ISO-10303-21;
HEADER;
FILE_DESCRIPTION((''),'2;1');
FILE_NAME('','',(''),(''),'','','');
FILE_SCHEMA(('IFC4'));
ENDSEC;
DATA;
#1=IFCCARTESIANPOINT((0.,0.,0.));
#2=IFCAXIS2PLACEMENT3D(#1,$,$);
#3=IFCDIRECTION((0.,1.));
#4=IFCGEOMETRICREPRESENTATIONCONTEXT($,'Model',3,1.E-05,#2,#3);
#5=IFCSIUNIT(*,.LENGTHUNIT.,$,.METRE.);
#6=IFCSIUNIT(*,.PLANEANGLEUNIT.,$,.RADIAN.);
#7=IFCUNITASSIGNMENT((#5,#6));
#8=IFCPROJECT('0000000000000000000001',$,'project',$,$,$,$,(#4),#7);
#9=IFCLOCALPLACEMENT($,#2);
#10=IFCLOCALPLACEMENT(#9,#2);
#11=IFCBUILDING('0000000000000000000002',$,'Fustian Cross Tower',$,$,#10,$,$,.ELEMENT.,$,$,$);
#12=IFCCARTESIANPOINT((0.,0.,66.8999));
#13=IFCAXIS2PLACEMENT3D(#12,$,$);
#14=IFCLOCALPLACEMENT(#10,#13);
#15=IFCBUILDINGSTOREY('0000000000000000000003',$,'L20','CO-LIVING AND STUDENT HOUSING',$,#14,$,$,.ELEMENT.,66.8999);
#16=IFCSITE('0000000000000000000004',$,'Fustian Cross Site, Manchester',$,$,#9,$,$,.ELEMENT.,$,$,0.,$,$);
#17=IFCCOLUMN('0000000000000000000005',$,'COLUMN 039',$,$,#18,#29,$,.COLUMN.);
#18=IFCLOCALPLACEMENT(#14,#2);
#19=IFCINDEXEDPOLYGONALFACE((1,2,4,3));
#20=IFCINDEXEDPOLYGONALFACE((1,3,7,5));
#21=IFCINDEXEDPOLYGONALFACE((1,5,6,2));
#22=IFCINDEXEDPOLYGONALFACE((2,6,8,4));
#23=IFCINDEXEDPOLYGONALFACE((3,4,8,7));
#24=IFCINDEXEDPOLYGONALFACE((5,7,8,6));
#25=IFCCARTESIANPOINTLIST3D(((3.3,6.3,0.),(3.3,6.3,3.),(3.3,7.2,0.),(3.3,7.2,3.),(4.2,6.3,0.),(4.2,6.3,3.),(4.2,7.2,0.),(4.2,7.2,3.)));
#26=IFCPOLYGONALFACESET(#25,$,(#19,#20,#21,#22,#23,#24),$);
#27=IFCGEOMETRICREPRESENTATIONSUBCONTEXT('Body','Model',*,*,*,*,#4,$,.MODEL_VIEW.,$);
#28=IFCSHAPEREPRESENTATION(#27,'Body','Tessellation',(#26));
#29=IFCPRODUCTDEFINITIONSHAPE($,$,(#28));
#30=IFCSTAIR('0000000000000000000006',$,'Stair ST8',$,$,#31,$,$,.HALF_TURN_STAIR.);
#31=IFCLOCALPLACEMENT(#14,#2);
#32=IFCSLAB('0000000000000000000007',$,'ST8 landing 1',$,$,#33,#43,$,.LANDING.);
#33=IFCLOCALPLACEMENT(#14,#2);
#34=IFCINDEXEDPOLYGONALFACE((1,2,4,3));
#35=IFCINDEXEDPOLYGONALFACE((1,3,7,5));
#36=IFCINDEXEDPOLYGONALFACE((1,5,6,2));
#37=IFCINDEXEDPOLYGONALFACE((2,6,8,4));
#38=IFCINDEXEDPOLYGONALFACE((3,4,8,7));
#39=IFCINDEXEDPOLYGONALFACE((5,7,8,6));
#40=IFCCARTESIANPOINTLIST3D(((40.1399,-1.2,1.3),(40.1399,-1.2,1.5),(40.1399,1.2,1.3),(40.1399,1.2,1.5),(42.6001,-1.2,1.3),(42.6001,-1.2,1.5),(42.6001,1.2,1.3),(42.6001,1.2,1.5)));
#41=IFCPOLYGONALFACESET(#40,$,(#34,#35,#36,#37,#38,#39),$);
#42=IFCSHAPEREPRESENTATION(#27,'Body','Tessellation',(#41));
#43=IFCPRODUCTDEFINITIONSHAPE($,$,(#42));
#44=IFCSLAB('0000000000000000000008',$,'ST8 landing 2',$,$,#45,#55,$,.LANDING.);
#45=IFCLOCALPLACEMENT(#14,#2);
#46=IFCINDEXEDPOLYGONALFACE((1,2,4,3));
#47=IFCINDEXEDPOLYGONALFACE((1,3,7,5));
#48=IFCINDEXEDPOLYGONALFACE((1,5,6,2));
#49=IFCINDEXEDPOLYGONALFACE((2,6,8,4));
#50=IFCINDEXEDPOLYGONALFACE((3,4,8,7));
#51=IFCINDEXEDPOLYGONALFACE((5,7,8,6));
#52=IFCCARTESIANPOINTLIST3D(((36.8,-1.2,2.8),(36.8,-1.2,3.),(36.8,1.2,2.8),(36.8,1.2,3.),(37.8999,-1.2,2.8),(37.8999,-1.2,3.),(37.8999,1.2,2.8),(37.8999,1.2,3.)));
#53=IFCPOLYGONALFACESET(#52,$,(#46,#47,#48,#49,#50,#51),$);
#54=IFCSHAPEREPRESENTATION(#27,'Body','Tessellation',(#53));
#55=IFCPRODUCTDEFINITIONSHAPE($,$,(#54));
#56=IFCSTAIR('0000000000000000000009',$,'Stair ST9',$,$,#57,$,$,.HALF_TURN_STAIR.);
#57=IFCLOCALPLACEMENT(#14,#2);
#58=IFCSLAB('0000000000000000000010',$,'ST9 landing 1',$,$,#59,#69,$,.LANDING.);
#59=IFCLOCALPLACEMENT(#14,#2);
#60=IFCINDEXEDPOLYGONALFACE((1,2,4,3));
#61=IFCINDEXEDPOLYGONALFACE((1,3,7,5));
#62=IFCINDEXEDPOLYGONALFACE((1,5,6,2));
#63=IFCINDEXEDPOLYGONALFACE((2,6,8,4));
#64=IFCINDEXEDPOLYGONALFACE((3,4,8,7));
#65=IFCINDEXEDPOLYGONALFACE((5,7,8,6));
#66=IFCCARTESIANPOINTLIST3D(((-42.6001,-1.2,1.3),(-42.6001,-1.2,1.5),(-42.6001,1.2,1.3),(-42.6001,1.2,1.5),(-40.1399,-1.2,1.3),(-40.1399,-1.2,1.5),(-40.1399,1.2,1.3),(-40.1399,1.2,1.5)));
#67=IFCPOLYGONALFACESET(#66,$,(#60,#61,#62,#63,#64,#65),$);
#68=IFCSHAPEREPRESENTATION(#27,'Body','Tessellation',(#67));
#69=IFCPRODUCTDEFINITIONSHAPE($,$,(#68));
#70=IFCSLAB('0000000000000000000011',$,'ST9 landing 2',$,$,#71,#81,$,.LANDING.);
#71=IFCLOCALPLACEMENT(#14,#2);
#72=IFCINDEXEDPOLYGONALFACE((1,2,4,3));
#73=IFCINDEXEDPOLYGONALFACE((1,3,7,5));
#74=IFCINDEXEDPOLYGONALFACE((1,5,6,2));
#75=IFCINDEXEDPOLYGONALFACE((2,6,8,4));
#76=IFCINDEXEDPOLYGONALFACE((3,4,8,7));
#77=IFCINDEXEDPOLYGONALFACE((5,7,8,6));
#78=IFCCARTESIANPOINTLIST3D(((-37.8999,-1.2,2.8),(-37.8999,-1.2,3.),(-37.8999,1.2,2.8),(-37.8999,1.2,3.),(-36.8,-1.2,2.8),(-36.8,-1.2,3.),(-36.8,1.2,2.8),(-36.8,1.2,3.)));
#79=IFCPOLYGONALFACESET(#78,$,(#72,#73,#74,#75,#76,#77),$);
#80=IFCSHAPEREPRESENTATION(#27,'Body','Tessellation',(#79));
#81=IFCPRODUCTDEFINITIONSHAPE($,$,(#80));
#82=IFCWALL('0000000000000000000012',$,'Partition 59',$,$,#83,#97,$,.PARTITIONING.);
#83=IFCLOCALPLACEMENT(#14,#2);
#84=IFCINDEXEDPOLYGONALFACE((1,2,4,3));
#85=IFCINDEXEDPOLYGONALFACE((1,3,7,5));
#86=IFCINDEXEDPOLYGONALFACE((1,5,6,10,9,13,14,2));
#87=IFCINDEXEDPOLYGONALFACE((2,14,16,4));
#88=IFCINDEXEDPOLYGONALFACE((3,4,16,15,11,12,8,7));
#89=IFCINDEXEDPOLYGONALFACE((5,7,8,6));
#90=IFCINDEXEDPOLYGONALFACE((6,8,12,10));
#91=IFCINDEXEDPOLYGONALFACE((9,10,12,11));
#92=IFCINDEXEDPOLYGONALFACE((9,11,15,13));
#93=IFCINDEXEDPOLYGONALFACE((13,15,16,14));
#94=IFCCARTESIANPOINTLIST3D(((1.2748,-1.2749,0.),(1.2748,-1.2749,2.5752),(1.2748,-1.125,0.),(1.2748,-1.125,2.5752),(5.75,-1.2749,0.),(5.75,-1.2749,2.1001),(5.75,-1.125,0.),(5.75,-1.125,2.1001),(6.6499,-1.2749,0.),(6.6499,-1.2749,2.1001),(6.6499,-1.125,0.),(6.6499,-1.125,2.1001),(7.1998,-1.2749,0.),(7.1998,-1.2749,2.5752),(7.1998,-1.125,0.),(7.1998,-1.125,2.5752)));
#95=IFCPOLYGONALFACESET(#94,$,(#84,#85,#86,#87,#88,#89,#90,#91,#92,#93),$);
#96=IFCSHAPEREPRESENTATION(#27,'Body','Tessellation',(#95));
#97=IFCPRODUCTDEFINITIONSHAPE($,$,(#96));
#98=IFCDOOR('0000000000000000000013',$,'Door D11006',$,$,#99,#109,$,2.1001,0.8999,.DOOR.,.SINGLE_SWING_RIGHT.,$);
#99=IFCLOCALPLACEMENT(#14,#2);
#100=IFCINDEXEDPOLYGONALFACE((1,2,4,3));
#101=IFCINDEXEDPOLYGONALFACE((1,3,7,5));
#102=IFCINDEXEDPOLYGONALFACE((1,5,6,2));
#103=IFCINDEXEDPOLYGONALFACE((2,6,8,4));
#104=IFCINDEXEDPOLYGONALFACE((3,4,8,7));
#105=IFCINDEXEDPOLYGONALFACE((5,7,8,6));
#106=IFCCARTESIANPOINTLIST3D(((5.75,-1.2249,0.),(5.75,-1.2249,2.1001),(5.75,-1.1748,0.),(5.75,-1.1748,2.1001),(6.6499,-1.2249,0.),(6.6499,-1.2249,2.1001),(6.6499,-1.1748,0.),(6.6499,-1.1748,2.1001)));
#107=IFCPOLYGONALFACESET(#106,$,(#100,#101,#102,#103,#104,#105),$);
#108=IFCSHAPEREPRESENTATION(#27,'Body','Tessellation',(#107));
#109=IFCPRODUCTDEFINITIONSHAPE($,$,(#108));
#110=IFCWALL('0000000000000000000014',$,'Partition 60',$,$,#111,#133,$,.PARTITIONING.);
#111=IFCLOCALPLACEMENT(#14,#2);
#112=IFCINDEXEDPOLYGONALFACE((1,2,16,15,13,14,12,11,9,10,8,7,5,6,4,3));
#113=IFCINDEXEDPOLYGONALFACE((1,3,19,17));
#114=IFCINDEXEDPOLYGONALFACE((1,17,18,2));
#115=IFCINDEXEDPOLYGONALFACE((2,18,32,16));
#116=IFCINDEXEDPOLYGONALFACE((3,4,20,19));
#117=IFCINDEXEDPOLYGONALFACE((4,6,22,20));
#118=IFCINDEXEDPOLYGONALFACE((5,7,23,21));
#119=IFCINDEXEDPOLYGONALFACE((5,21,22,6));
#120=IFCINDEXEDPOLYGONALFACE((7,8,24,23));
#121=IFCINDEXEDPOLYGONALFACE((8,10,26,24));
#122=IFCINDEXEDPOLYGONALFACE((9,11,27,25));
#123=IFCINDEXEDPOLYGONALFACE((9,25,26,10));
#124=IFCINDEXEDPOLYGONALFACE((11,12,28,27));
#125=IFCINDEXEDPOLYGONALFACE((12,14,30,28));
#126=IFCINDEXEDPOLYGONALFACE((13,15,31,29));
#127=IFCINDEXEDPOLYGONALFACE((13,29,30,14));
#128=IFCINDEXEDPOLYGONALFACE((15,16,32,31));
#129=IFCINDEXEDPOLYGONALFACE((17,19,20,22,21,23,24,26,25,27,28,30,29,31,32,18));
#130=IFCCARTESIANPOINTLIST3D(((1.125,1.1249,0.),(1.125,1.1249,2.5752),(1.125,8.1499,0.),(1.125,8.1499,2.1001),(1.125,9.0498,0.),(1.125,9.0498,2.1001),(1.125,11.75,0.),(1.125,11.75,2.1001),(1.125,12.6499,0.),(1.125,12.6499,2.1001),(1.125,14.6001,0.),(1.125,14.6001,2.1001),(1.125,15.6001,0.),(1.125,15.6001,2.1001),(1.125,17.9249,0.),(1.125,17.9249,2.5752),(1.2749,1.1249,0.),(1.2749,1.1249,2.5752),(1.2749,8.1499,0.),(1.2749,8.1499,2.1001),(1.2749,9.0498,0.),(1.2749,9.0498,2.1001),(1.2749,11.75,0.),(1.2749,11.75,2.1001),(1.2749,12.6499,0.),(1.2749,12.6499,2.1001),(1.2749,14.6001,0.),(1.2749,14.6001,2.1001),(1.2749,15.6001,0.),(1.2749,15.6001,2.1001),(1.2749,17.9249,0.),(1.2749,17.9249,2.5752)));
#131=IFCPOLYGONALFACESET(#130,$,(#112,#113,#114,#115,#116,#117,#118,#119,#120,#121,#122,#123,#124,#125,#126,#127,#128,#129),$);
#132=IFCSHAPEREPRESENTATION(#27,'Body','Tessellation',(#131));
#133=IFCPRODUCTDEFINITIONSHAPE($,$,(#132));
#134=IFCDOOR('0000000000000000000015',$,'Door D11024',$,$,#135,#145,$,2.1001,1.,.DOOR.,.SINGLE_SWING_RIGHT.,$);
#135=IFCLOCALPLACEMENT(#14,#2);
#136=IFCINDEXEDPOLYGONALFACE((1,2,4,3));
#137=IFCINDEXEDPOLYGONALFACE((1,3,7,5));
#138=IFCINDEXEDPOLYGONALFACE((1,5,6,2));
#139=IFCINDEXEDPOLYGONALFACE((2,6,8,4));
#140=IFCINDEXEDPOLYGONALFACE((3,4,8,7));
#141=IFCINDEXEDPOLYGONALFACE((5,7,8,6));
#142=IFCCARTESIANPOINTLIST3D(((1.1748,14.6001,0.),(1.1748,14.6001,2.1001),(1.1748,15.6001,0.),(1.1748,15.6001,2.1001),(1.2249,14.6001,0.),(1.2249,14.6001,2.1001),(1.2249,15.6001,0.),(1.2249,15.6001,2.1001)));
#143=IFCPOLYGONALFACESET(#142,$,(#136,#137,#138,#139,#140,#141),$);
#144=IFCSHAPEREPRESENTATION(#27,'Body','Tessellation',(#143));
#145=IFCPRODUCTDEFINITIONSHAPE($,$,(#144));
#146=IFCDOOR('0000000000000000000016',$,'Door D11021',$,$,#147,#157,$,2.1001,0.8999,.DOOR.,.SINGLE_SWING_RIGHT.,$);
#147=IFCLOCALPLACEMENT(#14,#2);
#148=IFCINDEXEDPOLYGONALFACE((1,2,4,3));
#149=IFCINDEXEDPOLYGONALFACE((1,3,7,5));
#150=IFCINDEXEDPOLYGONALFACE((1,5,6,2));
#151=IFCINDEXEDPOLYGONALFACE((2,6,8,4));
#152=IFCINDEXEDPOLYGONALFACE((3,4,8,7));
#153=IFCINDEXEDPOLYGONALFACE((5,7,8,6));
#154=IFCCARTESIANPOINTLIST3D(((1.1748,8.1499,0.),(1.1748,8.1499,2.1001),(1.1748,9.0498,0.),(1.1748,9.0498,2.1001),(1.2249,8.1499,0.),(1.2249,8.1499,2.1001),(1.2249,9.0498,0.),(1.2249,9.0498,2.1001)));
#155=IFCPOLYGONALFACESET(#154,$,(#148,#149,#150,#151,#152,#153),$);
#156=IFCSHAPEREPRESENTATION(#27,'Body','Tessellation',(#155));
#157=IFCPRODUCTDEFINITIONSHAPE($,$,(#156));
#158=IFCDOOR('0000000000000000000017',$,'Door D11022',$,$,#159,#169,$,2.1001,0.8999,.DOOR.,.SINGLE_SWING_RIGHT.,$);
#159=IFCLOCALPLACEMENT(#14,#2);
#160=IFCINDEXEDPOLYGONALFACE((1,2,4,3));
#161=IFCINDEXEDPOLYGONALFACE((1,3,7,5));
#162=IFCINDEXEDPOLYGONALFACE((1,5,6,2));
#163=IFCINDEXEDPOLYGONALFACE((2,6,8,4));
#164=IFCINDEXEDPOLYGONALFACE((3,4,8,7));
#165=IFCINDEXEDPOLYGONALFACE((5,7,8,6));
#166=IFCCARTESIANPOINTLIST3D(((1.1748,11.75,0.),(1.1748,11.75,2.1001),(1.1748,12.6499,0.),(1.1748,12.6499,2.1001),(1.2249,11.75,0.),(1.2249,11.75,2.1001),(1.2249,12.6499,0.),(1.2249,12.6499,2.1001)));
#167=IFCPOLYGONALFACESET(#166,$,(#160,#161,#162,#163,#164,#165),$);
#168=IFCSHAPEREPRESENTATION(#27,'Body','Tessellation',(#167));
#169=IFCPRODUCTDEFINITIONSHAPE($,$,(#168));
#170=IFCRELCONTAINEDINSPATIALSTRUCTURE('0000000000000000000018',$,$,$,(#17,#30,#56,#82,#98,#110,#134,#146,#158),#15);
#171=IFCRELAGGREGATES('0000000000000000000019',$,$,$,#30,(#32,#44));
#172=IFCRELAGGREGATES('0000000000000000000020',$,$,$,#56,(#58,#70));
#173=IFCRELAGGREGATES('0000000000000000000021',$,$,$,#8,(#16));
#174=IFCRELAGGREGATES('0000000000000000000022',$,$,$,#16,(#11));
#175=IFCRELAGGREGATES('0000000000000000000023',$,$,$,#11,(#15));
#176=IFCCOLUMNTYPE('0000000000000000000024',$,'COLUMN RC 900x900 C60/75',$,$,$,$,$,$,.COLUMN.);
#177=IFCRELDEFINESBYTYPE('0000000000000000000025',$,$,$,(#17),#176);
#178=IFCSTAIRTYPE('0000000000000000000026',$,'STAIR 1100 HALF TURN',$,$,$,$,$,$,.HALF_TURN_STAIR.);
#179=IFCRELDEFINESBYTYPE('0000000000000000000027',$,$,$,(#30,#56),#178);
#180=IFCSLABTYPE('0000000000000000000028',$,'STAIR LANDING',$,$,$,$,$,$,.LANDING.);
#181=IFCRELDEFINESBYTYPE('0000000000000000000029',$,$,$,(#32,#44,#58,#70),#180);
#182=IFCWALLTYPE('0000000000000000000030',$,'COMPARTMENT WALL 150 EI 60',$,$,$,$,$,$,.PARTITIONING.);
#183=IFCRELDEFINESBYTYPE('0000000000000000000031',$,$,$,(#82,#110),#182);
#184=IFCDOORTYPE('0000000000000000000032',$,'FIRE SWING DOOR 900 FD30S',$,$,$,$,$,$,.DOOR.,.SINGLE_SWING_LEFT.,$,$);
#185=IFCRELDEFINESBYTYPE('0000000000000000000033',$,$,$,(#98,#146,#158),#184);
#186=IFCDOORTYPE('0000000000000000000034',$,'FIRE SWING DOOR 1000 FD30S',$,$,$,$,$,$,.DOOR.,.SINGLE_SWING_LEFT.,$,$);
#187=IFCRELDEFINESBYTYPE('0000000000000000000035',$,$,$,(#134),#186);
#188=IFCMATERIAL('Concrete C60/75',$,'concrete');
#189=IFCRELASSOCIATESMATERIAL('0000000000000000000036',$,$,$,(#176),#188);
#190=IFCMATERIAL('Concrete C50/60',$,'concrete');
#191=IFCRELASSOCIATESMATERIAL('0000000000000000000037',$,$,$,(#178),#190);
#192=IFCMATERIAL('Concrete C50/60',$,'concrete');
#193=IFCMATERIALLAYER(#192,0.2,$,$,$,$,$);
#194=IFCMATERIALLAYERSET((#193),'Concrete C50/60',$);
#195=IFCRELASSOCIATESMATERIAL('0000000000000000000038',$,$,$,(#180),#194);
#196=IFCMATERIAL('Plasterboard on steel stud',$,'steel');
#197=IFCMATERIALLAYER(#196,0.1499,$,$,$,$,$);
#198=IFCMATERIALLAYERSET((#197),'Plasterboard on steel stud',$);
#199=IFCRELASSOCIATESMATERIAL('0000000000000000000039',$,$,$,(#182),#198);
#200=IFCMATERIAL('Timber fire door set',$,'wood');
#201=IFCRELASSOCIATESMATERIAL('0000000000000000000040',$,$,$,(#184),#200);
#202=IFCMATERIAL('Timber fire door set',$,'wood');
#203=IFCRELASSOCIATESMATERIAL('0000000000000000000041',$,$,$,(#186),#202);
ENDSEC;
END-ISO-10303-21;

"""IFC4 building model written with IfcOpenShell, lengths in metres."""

from ifc_helpers import new_model, si_unit, direction, frame, frame_2d, origin, origin_2d, place, context, subcontext, project, spatial, polyline, rectangle, outline, extrude, material, layer, layer_set, material_profile, profile_set, type_object, element, fill, aggregate, save


model = new_model("IFC4")

# Units and contexts
model_context = context("Model", 3, precision=1e-05, world=origin(), true_north=direction((0.0, 1.0)))
body_context = subcontext(model_context, "Body", "Model", "MODEL_VIEW")
ifc_project = project(units=[si_unit("LENGTHUNIT", "METRE"), si_unit("PLANEANGLEUNIT", "RADIAN")], contexts=[model_context])

# Site, building, storey
site_placement = place(None, origin())
site = spatial("IfcSite", under=ifc_project, at=site_placement, Name="Fustian Cross Site, Manchester", CompositionType="ELEMENT", RefElevation=0.0)
building_placement = place(site_placement, origin())
building = spatial("IfcBuilding", under=site, at=building_placement, Name="Fustian Cross Tower", CompositionType="ELEMENT")
storey_placement = place(building_placement, frame((0.0, 0.0, 66.8999)))
storey = spatial("IfcBuildingStorey", under=building, at=storey_placement, Name="L20", Description="CO-LIVING AND STUDENT HOUSING", CompositionType="ELEMENT", Elevation=66.8999)

# Column
ifc_material_1 = material(Name="Concrete C60/75", Category="concrete")
ifc_material_profile = material_profile(ifc_material_1, rectangle(XDim=0.8999, YDim=0.8999, at=origin_2d()), Name="RC 900x900")
ifc_profile_set = profile_set([ifc_material_profile], Name="Concrete C60/75")
column_type = type_object("IfcColumnType", Name="COLUMN RC 900x900 C60/75", PredefinedType="COLUMN", material=ifc_profile_set)
column_placement = place(storey_placement, frame((3.75, 6.75, 0.0), z_axis=(0.0, 0.0, 1.0), x_axis=(1.0, 0.0, 0.0)))
element("IfcColumn", 1, at=column_placement, inside=storey, type_object=column_type, Name="COLUMN 039", PredefinedType="COLUMN", context=body_context, shape_type="SweptSolid", body=[
    extrude(rectangle(XDim=0.8999, YDim=0.8999, at=origin_2d()), origin(), (0.0, 0.0, 1.0), 3.0),
])

# Stairs, slabs
ifc_material_2 = material(Name="Concrete C50/60", Category="concrete")
stair_type = type_object("IfcStairType", Name="STAIR 1100 HALF TURN", PredefinedType="HALF_TURN_STAIR", material=ifc_material_2)
stair_1_placement = place(storey_placement, origin())
stair_1 = element("IfcStair", 2, at=stair_1_placement, inside=storey, type_object=stair_type, Name="Stair ST8", PredefinedType="HALF_TURN_STAIR")
ifc_material_3 = material(Name="Concrete C50/60", Category="concrete")
ifc_layer_1 = layer(ifc_material_3, 0.2)
ifc_layer_set_1 = layer_set([ifc_layer_1], Name="Concrete C50/60")
slab_type = type_object("IfcSlabType", Name="STAIR LANDING", PredefinedType="LANDING", material=ifc_layer_set_1)
slab_1_placement = place(storey_placement, frame((0.0, 0.0, 1.3)))
slab_1 = element("IfcSlab", 3, at=slab_1_placement, type_object=slab_type, Name="ST8 landing 1", PredefinedType="LANDING", context=body_context, shape_type="SweptSolid", body=[
    extrude(outline(polyline([(40.1399, -1.2), (42.6001, -1.2), (42.6001, 1.2), (40.1399, 1.2), (40.1399, -1.2)])), origin(), (0.0, 0.0, 1.0), 0.2),
])
slab_2_placement = place(storey_placement, frame((0.0, 0.0, 2.8)))
slab_2 = element("IfcSlab", 4, at=slab_2_placement, type_object=slab_type, Name="ST8 landing 2", PredefinedType="LANDING", context=body_context, shape_type="SweptSolid", body=[
    extrude(outline(polyline([(36.8, -1.2), (37.8999, -1.2), (37.8999, 1.2), (36.8, 1.2), (36.8, -1.2)])), origin(), (0.0, 0.0, 1.0), 0.2),
])
aggregate(stair_1, [slab_1, slab_2])
stair_2_placement = place(storey_placement, origin())
stair_2 = element("IfcStair", 5, at=stair_2_placement, inside=storey, type_object=stair_type, Name="Stair ST9", PredefinedType="HALF_TURN_STAIR")
slab_3_placement = place(storey_placement, frame((0.0, 0.0, 1.3)))
slab_3 = element("IfcSlab", 6, at=slab_3_placement, type_object=slab_type, Name="ST9 landing 1", PredefinedType="LANDING", context=body_context, shape_type="SweptSolid", body=[
    extrude(outline(polyline([(-40.1399, -1.2), (-42.6001, -1.2), (-42.6001, 1.2), (-40.1399, 1.2), (-40.1399, -1.2)])), origin(), (0.0, 0.0, 1.0), 0.2),
])
slab_4_placement = place(storey_placement, frame((0.0, 0.0, 2.8)))
slab_4 = element("IfcSlab", 7, at=slab_4_placement, type_object=slab_type, Name="ST9 landing 2", PredefinedType="LANDING", context=body_context, shape_type="SweptSolid", body=[
    extrude(outline(polyline([(-36.8, -1.2), (-37.8999, -1.2), (-37.8999, 1.2), (-36.8, 1.2), (-36.8, -1.2)])), origin(), (0.0, 0.0, 1.0), 0.2),
])
aggregate(stair_2, [slab_3, slab_4])

# Wall, opening, door
ifc_material_4 = material(Name="Plasterboard on steel stud", Category="steel")
ifc_layer_2 = layer(ifc_material_4, 0.1499)
ifc_layer_set_2 = layer_set([ifc_layer_2], Name="Plasterboard on steel stud")
wall_type_1 = type_object("IfcWallType", Name="COMPARTMENT WALL 150 EI 60", PredefinedType="PARTITIONING", material=ifc_layer_set_2)
wall_1_placement = place(storey_placement, frame((1.2749, -1.2, 0.0), z_axis=(0.0, 0.0, 1.0), x_axis=(1.0, 0.0, 0.0)))
wall_1 = element("IfcWall", 8, at=wall_1_placement, inside=storey, type_object=wall_type_1, Name="Partition 59", PredefinedType="PARTITIONING", context=body_context, shape_type="SweptSolid", body=[
    extrude(rectangle(XDim=5.925, YDim=0.1499, at=frame_2d((2.9624, 0.0))), origin(), (0.0, 0.0, 1.0), 2.5752),
])
opening_1_placement = place(wall_1_placement, frame((4.4751, 0.0, 0.0)))
opening_1 = element("IfcOpeningElement", 9, at=opening_1_placement, cuts=wall_1, PredefinedType="OPENING", context=body_context, shape_type="SweptSolid", body=[
    extrude(rectangle(XDim=0.8999, YDim=2.1001, at=frame_2d((0.45, 1.05))), frame((0.0, 0.085, 0.0), z_axis=(0.0, -1.0, 0.0), x_axis=(1.0, 0.0, 0.0)), (0.0, 0.0, 1.0), 0.1699),
])
ifc_material_5 = material(Name="Timber fire door set", Category="wood")
door_type_1 = type_object("IfcDoorType", Name="FIRE SWING DOOR 900 FD30S", OperationType="SINGLE_SWING_LEFT", PredefinedType="DOOR", material=ifc_material_5)
door_1_placement = place(opening_1_placement, frame((0.8999, 0.0, 0.0), z_axis=(0.0, 0.0, 1.0), x_axis=(-1.0, 0.0, 0.0)))
door_1 = element("IfcDoor", 10, at=door_1_placement, inside=storey, type_object=door_type_1, Name="Door D11006", OperationType="SINGLE_SWING_RIGHT", OverallHeight=2.1001, OverallWidth=0.8999, PredefinedType="DOOR", context=body_context, shape_type="SweptSolid", body=[
    extrude(rectangle(XDim=0.8999, YDim=2.1001, at=frame_2d((0.45, 1.05))), frame((0.0, 0.0249, 0.0), z_axis=(0.0, -1.0, 0.0), x_axis=(1.0, 0.0, 0.0)), (0.0, 0.0, 1.0), 0.05),
])
fill(opening_1, door_1)

# Wall, openings, doors
wall_2_placement = place(storey_placement, frame((1.2, 1.125, 0.0), z_axis=(0.0, 0.0, 1.0), x_axis=(0.0, 1.0, 0.0)))
wall_2 = element("IfcWall", 11, at=wall_2_placement, inside=storey, type_object=wall_type_1, Name="Partition 60", PredefinedType="PARTITIONING", context=body_context, shape_type="SweptSolid", body=[
    extrude(rectangle(XDim=16.8, YDim=0.1499, at=frame_2d((8.3999, 0.0))), origin(), (0.0, 0.0, 1.0), 2.5752),
])
opening_2_placement = place(wall_2_placement, frame((7.0249, 0.0, 0.0)))
opening_2 = element("IfcOpeningElement", 12, at=opening_2_placement, cuts=wall_2, PredefinedType="OPENING", context=body_context, shape_type="SweptSolid", body=[
    extrude(rectangle(XDim=0.8999, YDim=2.1001, at=frame_2d((0.45, 1.05))), frame((0.0, 0.085, 0.0), z_axis=(0.0, -1.0, 0.0), x_axis=(1.0, 0.0, 0.0)), (0.0, 0.0, 1.0), 0.1699),
])
opening_3_placement = place(wall_2_placement, frame((10.625, 0.0, 0.0)))
opening_3 = element("IfcOpeningElement", 13, at=opening_3_placement, cuts=wall_2, PredefinedType="OPENING", context=body_context, shape_type="SweptSolid", body=[
    extrude(rectangle(XDim=0.8999, YDim=2.1001, at=frame_2d((0.45, 1.05))), frame((0.0, 0.085, 0.0), z_axis=(0.0, -1.0, 0.0), x_axis=(1.0, 0.0, 0.0)), (0.0, 0.0, 1.0), 0.1699),
])
opening_4_placement = place(wall_2_placement, frame((13.4751, 0.0, 0.0)))
opening_4 = element("IfcOpeningElement", 14, at=opening_4_placement, cuts=wall_2, PredefinedType="OPENING", context=body_context, shape_type="SweptSolid", body=[
    extrude(rectangle(XDim=1.0, YDim=2.1001, at=frame_2d((0.5, 1.05))), frame((0.0, 0.085, 0.0), z_axis=(0.0, -1.0, 0.0), x_axis=(1.0, 0.0, 0.0)), (0.0, 0.0, 1.0), 0.1699),
])
ifc_material_6 = material(Name="Timber fire door set", Category="wood")
door_type_2 = type_object("IfcDoorType", Name="FIRE SWING DOOR 1000 FD30S", OperationType="SINGLE_SWING_LEFT", PredefinedType="DOOR", material=ifc_material_6)
door_2_placement = place(opening_4_placement, frame((1.0, 0.0, 0.0), z_axis=(0.0, 0.0, 1.0), x_axis=(-1.0, 0.0, 0.0)))
door_2 = element("IfcDoor", 15, at=door_2_placement, inside=storey, type_object=door_type_2, Name="Door D11024", OperationType="SINGLE_SWING_RIGHT", OverallHeight=2.1001, OverallWidth=1.0, PredefinedType="DOOR", context=body_context, shape_type="SweptSolid", body=[
    extrude(rectangle(XDim=1.0, YDim=2.1001, at=frame_2d((0.5, 1.05))), frame((0.0, 0.0249, 0.0), z_axis=(0.0, -1.0, 0.0), x_axis=(1.0, 0.0, 0.0)), (0.0, 0.0, 1.0), 0.05),
])
fill(opening_4, door_2)
door_3_placement = place(opening_2_placement, frame((0.8999, 0.0, 0.0), z_axis=(0.0, 0.0, 1.0), x_axis=(-1.0, 0.0, 0.0)))
door_3 = element("IfcDoor", 16, at=door_3_placement, inside=storey, type_object=door_type_1, Name="Door D11021", OperationType="SINGLE_SWING_RIGHT", OverallHeight=2.1001, OverallWidth=0.8999, PredefinedType="DOOR", context=body_context, shape_type="SweptSolid", body=[
    extrude(rectangle(XDim=0.8999, YDim=2.1001, at=frame_2d((0.45, 1.05))), frame((0.0, 0.0249, 0.0), z_axis=(0.0, -1.0, 0.0), x_axis=(1.0, 0.0, 0.0)), (0.0, 0.0, 1.0), 0.05),
])
fill(opening_2, door_3)
door_4_placement = place(opening_3_placement, frame((0.8999, 0.0, 0.0), z_axis=(0.0, 0.0, 1.0), x_axis=(-1.0, 0.0, 0.0)))
door_4 = element("IfcDoor", 17, at=door_4_placement, inside=storey, type_object=door_type_1, Name="Door D11022", OperationType="SINGLE_SWING_RIGHT", OverallHeight=2.1001, OverallWidth=0.8999, PredefinedType="DOOR", context=body_context, shape_type="SweptSolid", body=[
    extrude(rectangle(XDim=0.8999, YDim=2.1001, at=frame_2d((0.45, 1.05))), frame((0.0, 0.0249, 0.0), z_axis=(0.0, -1.0, 0.0), x_axis=(1.0, 0.0, 0.0)), (0.0, 0.0, 1.0), 0.05),
])
fill(opening_3, door_4)

save(model, "model.ifc")
